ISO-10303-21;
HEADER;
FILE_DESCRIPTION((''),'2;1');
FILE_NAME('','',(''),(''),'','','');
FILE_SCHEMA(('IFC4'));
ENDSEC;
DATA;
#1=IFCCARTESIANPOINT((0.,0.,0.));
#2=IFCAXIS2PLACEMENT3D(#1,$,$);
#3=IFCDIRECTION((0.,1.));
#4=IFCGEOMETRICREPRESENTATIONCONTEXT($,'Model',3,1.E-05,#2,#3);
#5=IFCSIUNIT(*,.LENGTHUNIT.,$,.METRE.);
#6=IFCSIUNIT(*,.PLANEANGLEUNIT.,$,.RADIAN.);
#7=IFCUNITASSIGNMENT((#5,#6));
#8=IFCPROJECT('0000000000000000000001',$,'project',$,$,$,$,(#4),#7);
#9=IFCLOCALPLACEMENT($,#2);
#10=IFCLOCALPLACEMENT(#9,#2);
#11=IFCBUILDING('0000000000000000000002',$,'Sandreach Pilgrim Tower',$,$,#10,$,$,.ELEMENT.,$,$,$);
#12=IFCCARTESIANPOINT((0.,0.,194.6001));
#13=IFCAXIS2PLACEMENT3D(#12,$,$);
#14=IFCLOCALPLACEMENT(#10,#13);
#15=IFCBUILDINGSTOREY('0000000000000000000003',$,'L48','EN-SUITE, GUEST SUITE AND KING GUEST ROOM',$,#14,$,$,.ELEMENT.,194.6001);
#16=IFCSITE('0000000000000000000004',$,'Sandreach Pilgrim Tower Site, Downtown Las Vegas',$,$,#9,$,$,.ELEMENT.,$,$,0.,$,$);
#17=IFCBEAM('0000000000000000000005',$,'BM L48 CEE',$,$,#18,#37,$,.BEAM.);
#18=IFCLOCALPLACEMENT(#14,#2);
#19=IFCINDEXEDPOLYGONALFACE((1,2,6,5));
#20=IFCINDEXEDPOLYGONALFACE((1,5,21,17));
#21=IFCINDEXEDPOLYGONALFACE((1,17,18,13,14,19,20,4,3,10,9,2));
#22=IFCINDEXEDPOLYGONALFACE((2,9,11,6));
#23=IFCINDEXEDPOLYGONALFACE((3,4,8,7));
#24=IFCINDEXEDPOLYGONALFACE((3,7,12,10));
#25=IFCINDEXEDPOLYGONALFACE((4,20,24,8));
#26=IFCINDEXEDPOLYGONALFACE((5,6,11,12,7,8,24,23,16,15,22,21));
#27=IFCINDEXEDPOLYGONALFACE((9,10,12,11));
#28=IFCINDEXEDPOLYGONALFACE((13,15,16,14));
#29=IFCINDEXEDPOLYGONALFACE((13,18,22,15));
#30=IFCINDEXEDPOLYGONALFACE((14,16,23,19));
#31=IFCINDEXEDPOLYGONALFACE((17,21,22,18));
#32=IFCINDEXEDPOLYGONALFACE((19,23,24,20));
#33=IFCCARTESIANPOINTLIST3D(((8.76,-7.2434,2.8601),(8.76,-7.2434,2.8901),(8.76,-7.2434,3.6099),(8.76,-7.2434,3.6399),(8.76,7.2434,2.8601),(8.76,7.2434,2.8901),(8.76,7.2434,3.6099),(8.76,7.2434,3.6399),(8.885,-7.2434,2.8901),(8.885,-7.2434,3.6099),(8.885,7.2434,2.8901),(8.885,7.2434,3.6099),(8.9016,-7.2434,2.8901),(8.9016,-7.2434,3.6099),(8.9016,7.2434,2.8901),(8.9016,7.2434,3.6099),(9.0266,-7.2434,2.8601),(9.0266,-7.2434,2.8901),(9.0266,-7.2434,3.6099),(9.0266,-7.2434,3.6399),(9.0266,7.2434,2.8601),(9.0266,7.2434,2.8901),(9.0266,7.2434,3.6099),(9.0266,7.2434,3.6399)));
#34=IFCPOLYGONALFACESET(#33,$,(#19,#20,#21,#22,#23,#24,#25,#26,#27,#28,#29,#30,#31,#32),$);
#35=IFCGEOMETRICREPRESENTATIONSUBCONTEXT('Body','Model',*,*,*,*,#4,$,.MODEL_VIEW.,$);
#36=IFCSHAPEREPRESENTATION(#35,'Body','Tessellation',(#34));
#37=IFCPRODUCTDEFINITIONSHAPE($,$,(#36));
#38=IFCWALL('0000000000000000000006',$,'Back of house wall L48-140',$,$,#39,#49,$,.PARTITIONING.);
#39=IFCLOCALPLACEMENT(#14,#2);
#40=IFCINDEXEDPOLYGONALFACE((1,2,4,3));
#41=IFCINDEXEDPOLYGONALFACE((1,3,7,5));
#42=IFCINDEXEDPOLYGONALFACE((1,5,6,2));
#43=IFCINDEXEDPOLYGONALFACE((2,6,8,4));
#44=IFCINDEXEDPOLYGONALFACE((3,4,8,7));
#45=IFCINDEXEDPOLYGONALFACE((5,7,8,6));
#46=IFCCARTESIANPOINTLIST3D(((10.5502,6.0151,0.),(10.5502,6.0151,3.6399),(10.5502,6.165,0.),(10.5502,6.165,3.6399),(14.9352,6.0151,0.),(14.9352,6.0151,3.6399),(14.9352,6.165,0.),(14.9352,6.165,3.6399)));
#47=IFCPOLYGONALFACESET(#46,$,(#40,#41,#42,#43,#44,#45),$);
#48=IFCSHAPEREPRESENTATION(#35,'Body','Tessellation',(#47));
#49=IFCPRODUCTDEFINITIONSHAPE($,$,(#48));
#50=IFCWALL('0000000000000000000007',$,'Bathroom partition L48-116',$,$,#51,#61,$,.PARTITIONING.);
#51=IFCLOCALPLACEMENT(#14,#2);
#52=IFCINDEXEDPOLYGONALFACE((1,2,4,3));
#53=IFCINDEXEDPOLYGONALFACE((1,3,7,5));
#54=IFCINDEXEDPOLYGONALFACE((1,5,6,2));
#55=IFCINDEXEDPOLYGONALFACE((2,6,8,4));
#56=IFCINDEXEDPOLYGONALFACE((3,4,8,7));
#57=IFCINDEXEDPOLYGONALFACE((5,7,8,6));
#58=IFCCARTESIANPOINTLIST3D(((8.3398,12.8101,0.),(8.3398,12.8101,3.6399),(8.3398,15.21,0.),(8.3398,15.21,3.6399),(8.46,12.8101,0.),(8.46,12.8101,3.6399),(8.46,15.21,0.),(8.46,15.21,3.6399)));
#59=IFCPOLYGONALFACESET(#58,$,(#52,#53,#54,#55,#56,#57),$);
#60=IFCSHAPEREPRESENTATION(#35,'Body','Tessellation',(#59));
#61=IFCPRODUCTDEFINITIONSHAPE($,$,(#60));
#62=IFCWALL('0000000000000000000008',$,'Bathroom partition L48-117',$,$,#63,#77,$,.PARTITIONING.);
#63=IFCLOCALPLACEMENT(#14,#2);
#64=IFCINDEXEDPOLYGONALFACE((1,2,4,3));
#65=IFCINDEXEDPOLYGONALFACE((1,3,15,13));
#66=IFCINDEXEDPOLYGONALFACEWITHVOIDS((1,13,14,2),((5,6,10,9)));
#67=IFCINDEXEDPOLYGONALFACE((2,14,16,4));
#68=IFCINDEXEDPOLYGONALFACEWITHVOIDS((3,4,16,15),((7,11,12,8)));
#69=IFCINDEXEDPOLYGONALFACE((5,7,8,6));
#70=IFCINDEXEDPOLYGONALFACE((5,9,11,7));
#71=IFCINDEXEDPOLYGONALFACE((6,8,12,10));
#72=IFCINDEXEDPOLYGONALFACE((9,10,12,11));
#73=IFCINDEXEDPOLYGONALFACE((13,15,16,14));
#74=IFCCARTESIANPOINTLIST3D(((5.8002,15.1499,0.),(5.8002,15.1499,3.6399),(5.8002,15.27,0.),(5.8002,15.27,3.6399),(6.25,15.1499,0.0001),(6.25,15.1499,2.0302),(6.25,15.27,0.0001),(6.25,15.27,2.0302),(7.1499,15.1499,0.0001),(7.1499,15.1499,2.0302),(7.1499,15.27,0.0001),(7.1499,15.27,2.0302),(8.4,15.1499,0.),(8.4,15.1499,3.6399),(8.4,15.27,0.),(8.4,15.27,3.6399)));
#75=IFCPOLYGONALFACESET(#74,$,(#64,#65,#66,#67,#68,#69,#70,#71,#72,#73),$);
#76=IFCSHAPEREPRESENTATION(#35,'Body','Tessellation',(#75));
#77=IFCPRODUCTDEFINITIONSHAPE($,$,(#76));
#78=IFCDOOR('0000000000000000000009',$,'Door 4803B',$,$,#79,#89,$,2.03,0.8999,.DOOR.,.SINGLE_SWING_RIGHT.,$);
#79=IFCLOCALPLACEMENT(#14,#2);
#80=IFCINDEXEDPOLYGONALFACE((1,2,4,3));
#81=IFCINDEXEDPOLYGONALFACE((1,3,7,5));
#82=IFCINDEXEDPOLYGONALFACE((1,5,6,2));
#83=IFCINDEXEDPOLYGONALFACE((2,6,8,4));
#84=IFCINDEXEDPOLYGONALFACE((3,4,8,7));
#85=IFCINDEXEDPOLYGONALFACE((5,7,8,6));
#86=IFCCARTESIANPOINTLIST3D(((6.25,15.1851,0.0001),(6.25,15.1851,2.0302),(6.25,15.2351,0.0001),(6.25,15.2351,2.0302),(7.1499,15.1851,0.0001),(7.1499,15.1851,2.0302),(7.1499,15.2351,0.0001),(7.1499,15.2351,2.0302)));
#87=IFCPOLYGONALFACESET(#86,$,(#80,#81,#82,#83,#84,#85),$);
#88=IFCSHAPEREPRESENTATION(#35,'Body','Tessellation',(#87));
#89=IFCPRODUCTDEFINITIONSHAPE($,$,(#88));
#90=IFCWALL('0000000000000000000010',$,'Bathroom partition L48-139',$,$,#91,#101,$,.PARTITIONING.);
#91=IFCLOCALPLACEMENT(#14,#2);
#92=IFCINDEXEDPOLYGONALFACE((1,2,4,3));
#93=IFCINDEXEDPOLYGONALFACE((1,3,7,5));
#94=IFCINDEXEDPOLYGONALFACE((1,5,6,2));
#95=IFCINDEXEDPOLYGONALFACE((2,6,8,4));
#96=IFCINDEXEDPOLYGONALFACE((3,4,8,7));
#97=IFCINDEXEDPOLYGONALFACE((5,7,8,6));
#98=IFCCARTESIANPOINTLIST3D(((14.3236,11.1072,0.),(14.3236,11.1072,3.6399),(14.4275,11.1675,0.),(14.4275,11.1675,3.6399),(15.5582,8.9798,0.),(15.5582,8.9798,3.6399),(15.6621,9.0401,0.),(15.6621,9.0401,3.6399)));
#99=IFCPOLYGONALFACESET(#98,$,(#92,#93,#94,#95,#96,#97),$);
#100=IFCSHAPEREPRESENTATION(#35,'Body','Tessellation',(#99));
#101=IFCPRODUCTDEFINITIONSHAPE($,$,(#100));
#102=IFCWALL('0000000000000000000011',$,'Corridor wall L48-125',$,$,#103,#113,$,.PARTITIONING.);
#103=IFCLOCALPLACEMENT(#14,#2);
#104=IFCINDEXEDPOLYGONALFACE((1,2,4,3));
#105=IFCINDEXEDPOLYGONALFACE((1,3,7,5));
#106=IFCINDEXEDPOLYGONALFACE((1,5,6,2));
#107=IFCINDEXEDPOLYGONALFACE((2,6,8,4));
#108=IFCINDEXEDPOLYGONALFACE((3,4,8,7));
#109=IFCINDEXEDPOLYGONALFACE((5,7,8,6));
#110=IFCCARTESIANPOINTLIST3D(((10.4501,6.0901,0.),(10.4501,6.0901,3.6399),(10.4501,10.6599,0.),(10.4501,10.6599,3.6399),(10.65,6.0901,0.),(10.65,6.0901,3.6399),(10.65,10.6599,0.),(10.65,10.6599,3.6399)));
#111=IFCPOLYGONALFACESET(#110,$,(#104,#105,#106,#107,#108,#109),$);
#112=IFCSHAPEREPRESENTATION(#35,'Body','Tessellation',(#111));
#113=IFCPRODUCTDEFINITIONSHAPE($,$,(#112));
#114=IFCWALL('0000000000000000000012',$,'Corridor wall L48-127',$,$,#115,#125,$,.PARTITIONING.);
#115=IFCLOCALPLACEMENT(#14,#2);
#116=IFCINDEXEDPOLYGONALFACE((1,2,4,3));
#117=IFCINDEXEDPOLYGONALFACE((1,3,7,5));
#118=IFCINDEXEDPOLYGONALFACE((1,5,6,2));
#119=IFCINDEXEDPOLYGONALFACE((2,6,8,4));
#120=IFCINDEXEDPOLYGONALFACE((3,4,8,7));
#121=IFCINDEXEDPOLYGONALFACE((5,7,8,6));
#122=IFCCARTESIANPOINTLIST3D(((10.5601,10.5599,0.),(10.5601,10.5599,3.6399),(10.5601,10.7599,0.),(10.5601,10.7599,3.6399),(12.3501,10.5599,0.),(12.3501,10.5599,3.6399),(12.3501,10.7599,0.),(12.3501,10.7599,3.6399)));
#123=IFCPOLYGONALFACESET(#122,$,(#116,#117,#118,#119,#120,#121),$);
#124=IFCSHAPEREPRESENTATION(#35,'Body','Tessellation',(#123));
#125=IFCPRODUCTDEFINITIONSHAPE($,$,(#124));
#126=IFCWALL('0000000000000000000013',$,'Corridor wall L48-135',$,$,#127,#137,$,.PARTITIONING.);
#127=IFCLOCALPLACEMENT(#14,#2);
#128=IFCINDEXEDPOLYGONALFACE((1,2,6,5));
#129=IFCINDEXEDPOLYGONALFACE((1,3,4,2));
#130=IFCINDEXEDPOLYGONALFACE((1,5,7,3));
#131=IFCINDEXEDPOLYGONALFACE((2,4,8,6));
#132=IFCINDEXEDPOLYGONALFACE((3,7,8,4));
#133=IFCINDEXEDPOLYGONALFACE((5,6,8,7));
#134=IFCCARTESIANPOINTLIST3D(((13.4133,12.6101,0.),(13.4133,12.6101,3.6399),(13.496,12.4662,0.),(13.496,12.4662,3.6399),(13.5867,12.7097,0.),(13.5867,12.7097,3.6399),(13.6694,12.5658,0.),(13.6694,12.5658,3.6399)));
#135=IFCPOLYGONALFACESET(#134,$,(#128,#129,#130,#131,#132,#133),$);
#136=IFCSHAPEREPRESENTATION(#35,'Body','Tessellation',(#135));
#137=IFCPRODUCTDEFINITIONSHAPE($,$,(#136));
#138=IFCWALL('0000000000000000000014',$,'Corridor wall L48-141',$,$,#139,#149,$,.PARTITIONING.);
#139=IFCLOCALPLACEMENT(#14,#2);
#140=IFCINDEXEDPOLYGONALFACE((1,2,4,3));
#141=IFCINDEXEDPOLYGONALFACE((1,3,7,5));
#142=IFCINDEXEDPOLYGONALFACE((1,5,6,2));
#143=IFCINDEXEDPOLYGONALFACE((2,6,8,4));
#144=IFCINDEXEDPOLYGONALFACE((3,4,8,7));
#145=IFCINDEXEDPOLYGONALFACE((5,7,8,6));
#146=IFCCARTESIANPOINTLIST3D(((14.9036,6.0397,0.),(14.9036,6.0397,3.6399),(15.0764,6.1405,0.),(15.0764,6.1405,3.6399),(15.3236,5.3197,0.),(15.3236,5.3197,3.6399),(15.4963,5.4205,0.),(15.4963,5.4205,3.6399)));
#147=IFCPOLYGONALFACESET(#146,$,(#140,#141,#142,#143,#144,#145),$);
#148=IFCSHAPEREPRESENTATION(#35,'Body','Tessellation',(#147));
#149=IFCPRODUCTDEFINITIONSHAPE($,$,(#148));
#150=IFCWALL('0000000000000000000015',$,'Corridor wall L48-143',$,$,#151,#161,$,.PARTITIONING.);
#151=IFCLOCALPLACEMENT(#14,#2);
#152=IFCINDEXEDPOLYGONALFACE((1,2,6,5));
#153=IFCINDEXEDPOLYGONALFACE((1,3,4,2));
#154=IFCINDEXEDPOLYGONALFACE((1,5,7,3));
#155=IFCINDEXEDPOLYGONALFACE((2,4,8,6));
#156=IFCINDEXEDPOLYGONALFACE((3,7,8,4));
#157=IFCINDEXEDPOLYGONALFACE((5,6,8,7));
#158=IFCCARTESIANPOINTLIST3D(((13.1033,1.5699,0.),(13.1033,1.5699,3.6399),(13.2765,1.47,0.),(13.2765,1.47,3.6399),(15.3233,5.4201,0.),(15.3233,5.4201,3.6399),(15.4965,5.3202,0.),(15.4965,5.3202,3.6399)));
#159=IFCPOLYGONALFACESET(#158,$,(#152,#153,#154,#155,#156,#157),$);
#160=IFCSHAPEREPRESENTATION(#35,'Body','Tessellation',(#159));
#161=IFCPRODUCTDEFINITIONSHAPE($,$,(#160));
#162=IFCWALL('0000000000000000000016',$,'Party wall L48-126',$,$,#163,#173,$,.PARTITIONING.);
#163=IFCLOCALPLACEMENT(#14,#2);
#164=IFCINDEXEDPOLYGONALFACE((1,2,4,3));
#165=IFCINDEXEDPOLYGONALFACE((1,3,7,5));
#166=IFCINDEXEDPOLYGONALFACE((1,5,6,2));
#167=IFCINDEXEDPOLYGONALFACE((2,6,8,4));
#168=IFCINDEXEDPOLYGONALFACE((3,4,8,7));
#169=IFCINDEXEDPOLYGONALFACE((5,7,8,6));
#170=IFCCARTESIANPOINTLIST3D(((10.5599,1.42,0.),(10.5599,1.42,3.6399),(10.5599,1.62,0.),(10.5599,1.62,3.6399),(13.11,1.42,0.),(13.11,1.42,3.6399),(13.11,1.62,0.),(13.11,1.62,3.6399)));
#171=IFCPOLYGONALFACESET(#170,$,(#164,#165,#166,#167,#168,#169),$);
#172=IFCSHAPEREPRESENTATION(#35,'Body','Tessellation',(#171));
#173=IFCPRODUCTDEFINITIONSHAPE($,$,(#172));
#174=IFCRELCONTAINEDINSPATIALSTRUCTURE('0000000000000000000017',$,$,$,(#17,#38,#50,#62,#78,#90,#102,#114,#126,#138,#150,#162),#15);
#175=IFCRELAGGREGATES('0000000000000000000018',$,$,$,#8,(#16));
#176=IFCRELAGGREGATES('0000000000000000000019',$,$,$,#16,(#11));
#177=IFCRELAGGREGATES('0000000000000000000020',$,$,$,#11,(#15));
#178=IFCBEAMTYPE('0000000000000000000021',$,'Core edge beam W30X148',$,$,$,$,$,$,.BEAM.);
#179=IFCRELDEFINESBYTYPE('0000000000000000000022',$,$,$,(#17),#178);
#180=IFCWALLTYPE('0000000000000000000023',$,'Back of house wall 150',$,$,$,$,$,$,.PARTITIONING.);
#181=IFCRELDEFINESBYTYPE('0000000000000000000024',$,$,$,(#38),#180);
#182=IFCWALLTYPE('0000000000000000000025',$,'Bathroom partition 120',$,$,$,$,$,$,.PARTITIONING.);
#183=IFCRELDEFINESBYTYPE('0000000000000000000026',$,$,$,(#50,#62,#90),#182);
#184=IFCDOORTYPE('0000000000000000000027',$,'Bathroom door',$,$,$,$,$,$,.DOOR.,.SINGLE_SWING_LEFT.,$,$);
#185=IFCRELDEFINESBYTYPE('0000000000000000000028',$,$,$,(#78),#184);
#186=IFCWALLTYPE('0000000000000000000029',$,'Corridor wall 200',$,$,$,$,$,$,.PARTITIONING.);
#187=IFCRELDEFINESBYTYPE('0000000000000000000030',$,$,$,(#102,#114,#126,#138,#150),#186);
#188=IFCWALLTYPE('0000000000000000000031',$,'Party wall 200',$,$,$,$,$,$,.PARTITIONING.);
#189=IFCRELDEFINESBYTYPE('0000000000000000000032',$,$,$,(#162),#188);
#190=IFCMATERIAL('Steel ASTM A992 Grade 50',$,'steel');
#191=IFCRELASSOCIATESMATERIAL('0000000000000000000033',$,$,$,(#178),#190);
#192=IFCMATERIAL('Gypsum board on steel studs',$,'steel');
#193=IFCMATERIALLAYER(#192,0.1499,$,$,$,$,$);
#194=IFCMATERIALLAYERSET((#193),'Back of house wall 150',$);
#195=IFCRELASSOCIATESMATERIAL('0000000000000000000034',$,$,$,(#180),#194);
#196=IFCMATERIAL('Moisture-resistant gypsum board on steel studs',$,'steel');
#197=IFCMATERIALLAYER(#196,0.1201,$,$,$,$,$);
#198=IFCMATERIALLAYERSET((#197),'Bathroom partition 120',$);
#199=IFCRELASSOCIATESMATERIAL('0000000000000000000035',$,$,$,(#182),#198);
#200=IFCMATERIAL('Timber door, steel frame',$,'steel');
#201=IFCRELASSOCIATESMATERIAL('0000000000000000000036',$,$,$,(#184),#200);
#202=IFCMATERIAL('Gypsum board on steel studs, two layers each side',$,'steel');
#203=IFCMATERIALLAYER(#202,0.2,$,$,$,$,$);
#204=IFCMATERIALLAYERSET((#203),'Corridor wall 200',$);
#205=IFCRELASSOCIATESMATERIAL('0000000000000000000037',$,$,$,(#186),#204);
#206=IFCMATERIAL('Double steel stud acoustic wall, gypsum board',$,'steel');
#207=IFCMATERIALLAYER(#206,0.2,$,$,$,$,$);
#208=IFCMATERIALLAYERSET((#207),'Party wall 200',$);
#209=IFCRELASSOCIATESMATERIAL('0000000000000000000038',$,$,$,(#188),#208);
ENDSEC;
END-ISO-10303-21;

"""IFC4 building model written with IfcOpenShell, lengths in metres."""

from ifc_helpers import new_model, si_unit, direction, frame, frame_2d, origin, origin_2d, place, context, subcontext, project, spatial, rectangle, i_section, extrude, material, layer, layer_set, material_profile, profile_set, type_object, element, fill, save


model = new_model("IFC4")

# Units and contexts
model_context = context("Model", 3, precision=1e-05, world=origin(), true_north=direction((0.0, 1.0)))
body_context = subcontext(model_context, "Body", "Model", "MODEL_VIEW")
ifc_project = project(units=[si_unit("LENGTHUNIT", "METRE"), si_unit("PLANEANGLEUNIT", "RADIAN")], contexts=[model_context])

# Site, building, storey
site_placement = place(None, origin())
site = spatial("IfcSite", under=ifc_project, at=site_placement, Name="Sandreach Pilgrim Tower Site, Downtown Las Vegas", CompositionType="ELEMENT", RefElevation=0.0)
building_placement = place(site_placement, origin())
building = spatial("IfcBuilding", under=site, at=building_placement, Name="Sandreach Pilgrim Tower", CompositionType="ELEMENT")
storey_placement = place(building_placement, frame((0.0, 0.0, 194.6001)))
storey = spatial("IfcBuildingStorey", under=building, at=storey_placement, Name="L48", Description="EN-SUITE, GUEST SUITE AND KING GUEST ROOM", CompositionType="ELEMENT", Elevation=194.6001)

# Beam
ifc_material_1 = material(Name="Steel ASTM A992 Grade 50", Category="steel")
ifc_material_profile = material_profile(ifc_material_1, i_section(OverallWidth=0.2666, OverallDepth=0.7798, WebThickness=0.0166, FlangeThickness=0.03, at=origin_2d()), Name="W30X148")
ifc_profile_set = profile_set([ifc_material_profile], Name="Steel ASTM A992 Grade 50")
beam_type = type_object("IfcBeamType", Name="Core edge beam W30X148", PredefinedType="BEAM", material=ifc_profile_set)
beam_placement = place(storey_placement, frame((8.8933, 7.2434, 3.25), z_axis=(0.0, -1.0, 0.0), x_axis=(1.0, 0.0, 0.0)))
element("IfcBeam", 1, at=beam_placement, inside=storey, type_object=beam_type, Name="BM L48 CEE", PredefinedType="BEAM", context=body_context, shape_type="SweptSolid", body=[
    extrude(i_section(OverallWidth=0.2666, OverallDepth=0.7798, WebThickness=0.0166, FlangeThickness=0.03, at=origin_2d()), origin(), (0.0, 0.0, 1.0), 14.4868),
])

# Walls
ifc_material_2 = material(Name="Gypsum board on steel studs", Category="steel")
ifc_layer_1 = layer(ifc_material_2, 0.1499)
ifc_layer_set_1 = layer_set([ifc_layer_1], Name="Back of house wall 150")
wall_type_1 = type_object("IfcWallType", Name="Back of house wall 150", PredefinedType="PARTITIONING", material=ifc_layer_set_1)
wall_1_placement = place(storey_placement, frame((14.9351, 6.0901, 0.0), z_axis=(0.0, 0.0, 1.0), x_axis=(-1.0, 0.0, 0.0)))
element("IfcWall", 2, at=wall_1_placement, inside=storey, type_object=wall_type_1, Name="Back of house wall L48-140", PredefinedType="PARTITIONING", context=body_context, shape_type="SweptSolid", body=[
    extrude(rectangle(XDim=4.385, YDim=0.1499, at=frame_2d((2.1924, 0.0))), origin(), (0.0, 0.0, 1.0), 3.6399),
])
ifc_material_3 = material(Name="Moisture-resistant gypsum board on steel studs", Category="steel")
ifc_layer_2 = layer(ifc_material_3, 0.1201)
ifc_layer_set_2 = layer_set([ifc_layer_2], Name="Bathroom partition 120")
wall_type_2 = type_object("IfcWallType", Name="Bathroom partition 120", PredefinedType="PARTITIONING", material=ifc_layer_set_2)
wall_2_placement = place(storey_placement, frame((8.3999, 12.8101, 0.0), z_axis=(0.0, 0.0, 1.0), x_axis=(0.0, 1.0, 0.0)))
element("IfcWall", 3, at=wall_2_placement, inside=storey, type_object=wall_type_2, Name="Bathroom partition L48-116", PredefinedType="PARTITIONING", context=body_context, shape_type="SweptSolid", body=[
    extrude(rectangle(XDim=2.3999, YDim=0.1201, at=frame_2d((1.2, 0.0))), origin(), (0.0, 0.0, 1.0), 3.6399),
])

# Wall, opening, door
wall_3_placement = place(storey_placement, frame((8.3999, 15.21, 0.0), z_axis=(0.0, 0.0, 1.0), x_axis=(-1.0, 0.0, 0.0)))
wall_3 = element("IfcWall", 4, at=wall_3_placement, inside=storey, type_object=wall_type_2, Name="Bathroom partition L48-117", PredefinedType="PARTITIONING", context=body_context, shape_type="SweptSolid", body=[
    extrude(rectangle(XDim=2.5999, YDim=0.1201, at=frame_2d((1.2998, 0.0))), origin(), (0.0, 0.0, 1.0), 3.6399),
])
opening_1_placement = place(wall_3_placement, frame((1.25, 0.0, 0.0)))
opening_1 = element("IfcOpeningElement", 5, at=opening_1_placement, cuts=wall_3, PredefinedType="OPENING", context=body_context, shape_type="SweptSolid", body=[
    extrude(rectangle(XDim=0.8999, YDim=2.03, at=frame_2d((0.45, 1.0151))), frame((0.0, 0.0601, 0.0), z_axis=(0.0, -1.0, 0.0), x_axis=(1.0, 0.0, 0.0)), (0.0, 0.0, 1.0), 0.1201),
])
ifc_material_4 = material(Name="Timber door, steel frame", Category="steel")
door_type_1 = type_object("IfcDoorType", Name="Bathroom door", OperationType="SINGLE_SWING_LEFT", PredefinedType="DOOR", material=ifc_material_4)
door_1_placement = place(opening_1_placement, origin())
door_1 = element("IfcDoor", 6, at=door_1_placement, inside=storey, type_object=door_type_1, Name="Door 4803B", OperationType="SINGLE_SWING_RIGHT", OverallHeight=2.03, OverallWidth=0.8999, PredefinedType="DOOR", context=body_context, shape_type="SweptSolid", body=[
    extrude(rectangle(XDim=0.8999, YDim=2.03, at=frame_2d((0.45, 1.0151))), frame((0.0, 0.0249, 0.0), z_axis=(0.0, -1.0, 0.0), x_axis=(1.0, 0.0, 0.0)), (0.0, 0.0, 1.0), 0.05),
])
fill(opening_1, door_1)

# Wall
wall_4_placement = place(storey_placement, frame((14.3755, 11.1375, 0.0), z_axis=(0.0, 0.0, 1.0), x_axis=(0.501932, -0.864907, 0.0)))
element("IfcWall", 7, at=wall_4_placement, inside=storey, type_object=wall_type_2, Name="Bathroom partition L48-139", PredefinedType="PARTITIONING", context=body_context, shape_type="SweptSolid", body=[
    extrude(rectangle(XDim=2.4597, YDim=0.1201, at=frame_2d((1.23, 0.0))), origin(), (0.0, 0.0, 1.0), 3.6399),
])

# Shared definitions
ifc_material_5 = material(Name="Gypsum board on steel studs, two layers each side", Category="steel")
ifc_layer_3 = layer(ifc_material_5, 0.2)
ifc_layer_set_3 = layer_set([ifc_layer_3], Name="Corridor wall 200")
wall_type_3 = type_object("IfcWallType", Name="Corridor wall 200", PredefinedType="PARTITIONING", material=ifc_layer_set_3)

# Walls
wall_5_placement = place(storey_placement, frame((10.55, 6.0901, 0.0), z_axis=(0.0, 0.0, 1.0), x_axis=(0.0, 1.0, 0.0)))
element("IfcWall", 8, at=wall_5_placement, inside=storey, type_object=wall_type_3, Name="Corridor wall L48-125", PredefinedType="PARTITIONING", context=body_context, shape_type="SweptSolid", body=[
    extrude(rectangle(XDim=4.5698, YDim=0.2, at=frame_2d((2.2849, 0.0))), origin(), (0.0, 0.0, 1.0), 3.6399),
])
wall_6_placement = place(storey_placement, frame((10.5601, 10.6599, 0.0), z_axis=(0.0, 0.0, 1.0), x_axis=(1.0, 0.0, 0.0)))
element("IfcWall", 9, at=wall_6_placement, inside=storey, type_object=wall_type_3, Name="Corridor wall L48-127", PredefinedType="PARTITIONING", context=body_context, shape_type="SweptSolid", body=[
    extrude(rectangle(XDim=1.79, YDim=0.2, at=frame_2d((0.895, 0.0))), origin(), (0.0, 0.0, 1.0), 3.6399),
])

# Wall
wall_7_placement = place(storey_placement, frame((13.5, 12.6599, 0.0), z_axis=(0.0, 0.0, 1.0), x_axis=(0.498195, -0.867065, 0.0)))
element("IfcWall", 10, at=wall_7_placement, inside=storey, type_object=wall_type_3, Name="Corridor wall L48-135", PredefinedType="PARTITIONING", context=body_context, shape_type="SweptSolid", body=[
    extrude(rectangle(XDim=0.166, YDim=0.2, at=frame_2d((0.083, 0.0))), origin(), (0.0, 0.0, 1.0), 3.6399),
])

# Walls
wall_8_placement = place(storey_placement, frame((14.99, 6.0901, 0.0), z_axis=(0.0, 0.0, 1.0), x_axis=(0.503816, -0.863811, 0.0)))
element("IfcWall", 11, at=wall_8_placement, inside=storey, type_object=wall_type_3, Name="Corridor wall L48-141", PredefinedType="PARTITIONING", context=body_context, shape_type="SweptSolid", body=[
    extrude(rectangle(XDim=0.8335, YDim=0.2, at=frame_2d((0.4167, 0.0))), origin(), (0.0, 0.0, 1.0), 3.6399),
])
wall_9_placement = place(storey_placement, frame((15.4099, 5.3701, 0.0), z_axis=(0.0, 0.0, 1.0), x_axis=(-0.499513, -0.866306, 0.0)))
element("IfcWall", 12, at=wall_9_placement, inside=storey, type_object=wall_type_3, Name="Corridor wall L48-143", PredefinedType="PARTITIONING", context=body_context, shape_type="SweptSolid", body=[
    extrude(rectangle(XDim=4.4443, YDim=0.2, at=frame_2d((2.2222, 0.0))), origin(), (0.0, 0.0, 1.0), 3.6399),
])
ifc_material_6 = material(Name="Double steel stud acoustic wall, gypsum board", Category="steel")
ifc_layer_4 = layer(ifc_material_6, 0.2)
ifc_layer_set_4 = layer_set([ifc_layer_4], Name="Party wall 200")
wall_type_4 = type_object("IfcWallType", Name="Party wall 200", PredefinedType="PARTITIONING", material=ifc_layer_set_4)
wall_10_placement = place(storey_placement, frame((10.5601, 1.52, 0.0), z_axis=(0.0, 0.0, 1.0), x_axis=(1.0, 0.0, 0.0)))
element("IfcWall", 13, at=wall_10_placement, inside=storey, type_object=wall_type_4, Name="Party wall L48-126", PredefinedType="PARTITIONING", context=body_context, shape_type="SweptSolid", body=[
    extrude(rectangle(XDim=2.55, YDim=0.2, at=frame_2d((1.2749, 0.0))), origin(), (0.0, 0.0, 1.0), 3.6399),
])

save(model, "model.ifc")
